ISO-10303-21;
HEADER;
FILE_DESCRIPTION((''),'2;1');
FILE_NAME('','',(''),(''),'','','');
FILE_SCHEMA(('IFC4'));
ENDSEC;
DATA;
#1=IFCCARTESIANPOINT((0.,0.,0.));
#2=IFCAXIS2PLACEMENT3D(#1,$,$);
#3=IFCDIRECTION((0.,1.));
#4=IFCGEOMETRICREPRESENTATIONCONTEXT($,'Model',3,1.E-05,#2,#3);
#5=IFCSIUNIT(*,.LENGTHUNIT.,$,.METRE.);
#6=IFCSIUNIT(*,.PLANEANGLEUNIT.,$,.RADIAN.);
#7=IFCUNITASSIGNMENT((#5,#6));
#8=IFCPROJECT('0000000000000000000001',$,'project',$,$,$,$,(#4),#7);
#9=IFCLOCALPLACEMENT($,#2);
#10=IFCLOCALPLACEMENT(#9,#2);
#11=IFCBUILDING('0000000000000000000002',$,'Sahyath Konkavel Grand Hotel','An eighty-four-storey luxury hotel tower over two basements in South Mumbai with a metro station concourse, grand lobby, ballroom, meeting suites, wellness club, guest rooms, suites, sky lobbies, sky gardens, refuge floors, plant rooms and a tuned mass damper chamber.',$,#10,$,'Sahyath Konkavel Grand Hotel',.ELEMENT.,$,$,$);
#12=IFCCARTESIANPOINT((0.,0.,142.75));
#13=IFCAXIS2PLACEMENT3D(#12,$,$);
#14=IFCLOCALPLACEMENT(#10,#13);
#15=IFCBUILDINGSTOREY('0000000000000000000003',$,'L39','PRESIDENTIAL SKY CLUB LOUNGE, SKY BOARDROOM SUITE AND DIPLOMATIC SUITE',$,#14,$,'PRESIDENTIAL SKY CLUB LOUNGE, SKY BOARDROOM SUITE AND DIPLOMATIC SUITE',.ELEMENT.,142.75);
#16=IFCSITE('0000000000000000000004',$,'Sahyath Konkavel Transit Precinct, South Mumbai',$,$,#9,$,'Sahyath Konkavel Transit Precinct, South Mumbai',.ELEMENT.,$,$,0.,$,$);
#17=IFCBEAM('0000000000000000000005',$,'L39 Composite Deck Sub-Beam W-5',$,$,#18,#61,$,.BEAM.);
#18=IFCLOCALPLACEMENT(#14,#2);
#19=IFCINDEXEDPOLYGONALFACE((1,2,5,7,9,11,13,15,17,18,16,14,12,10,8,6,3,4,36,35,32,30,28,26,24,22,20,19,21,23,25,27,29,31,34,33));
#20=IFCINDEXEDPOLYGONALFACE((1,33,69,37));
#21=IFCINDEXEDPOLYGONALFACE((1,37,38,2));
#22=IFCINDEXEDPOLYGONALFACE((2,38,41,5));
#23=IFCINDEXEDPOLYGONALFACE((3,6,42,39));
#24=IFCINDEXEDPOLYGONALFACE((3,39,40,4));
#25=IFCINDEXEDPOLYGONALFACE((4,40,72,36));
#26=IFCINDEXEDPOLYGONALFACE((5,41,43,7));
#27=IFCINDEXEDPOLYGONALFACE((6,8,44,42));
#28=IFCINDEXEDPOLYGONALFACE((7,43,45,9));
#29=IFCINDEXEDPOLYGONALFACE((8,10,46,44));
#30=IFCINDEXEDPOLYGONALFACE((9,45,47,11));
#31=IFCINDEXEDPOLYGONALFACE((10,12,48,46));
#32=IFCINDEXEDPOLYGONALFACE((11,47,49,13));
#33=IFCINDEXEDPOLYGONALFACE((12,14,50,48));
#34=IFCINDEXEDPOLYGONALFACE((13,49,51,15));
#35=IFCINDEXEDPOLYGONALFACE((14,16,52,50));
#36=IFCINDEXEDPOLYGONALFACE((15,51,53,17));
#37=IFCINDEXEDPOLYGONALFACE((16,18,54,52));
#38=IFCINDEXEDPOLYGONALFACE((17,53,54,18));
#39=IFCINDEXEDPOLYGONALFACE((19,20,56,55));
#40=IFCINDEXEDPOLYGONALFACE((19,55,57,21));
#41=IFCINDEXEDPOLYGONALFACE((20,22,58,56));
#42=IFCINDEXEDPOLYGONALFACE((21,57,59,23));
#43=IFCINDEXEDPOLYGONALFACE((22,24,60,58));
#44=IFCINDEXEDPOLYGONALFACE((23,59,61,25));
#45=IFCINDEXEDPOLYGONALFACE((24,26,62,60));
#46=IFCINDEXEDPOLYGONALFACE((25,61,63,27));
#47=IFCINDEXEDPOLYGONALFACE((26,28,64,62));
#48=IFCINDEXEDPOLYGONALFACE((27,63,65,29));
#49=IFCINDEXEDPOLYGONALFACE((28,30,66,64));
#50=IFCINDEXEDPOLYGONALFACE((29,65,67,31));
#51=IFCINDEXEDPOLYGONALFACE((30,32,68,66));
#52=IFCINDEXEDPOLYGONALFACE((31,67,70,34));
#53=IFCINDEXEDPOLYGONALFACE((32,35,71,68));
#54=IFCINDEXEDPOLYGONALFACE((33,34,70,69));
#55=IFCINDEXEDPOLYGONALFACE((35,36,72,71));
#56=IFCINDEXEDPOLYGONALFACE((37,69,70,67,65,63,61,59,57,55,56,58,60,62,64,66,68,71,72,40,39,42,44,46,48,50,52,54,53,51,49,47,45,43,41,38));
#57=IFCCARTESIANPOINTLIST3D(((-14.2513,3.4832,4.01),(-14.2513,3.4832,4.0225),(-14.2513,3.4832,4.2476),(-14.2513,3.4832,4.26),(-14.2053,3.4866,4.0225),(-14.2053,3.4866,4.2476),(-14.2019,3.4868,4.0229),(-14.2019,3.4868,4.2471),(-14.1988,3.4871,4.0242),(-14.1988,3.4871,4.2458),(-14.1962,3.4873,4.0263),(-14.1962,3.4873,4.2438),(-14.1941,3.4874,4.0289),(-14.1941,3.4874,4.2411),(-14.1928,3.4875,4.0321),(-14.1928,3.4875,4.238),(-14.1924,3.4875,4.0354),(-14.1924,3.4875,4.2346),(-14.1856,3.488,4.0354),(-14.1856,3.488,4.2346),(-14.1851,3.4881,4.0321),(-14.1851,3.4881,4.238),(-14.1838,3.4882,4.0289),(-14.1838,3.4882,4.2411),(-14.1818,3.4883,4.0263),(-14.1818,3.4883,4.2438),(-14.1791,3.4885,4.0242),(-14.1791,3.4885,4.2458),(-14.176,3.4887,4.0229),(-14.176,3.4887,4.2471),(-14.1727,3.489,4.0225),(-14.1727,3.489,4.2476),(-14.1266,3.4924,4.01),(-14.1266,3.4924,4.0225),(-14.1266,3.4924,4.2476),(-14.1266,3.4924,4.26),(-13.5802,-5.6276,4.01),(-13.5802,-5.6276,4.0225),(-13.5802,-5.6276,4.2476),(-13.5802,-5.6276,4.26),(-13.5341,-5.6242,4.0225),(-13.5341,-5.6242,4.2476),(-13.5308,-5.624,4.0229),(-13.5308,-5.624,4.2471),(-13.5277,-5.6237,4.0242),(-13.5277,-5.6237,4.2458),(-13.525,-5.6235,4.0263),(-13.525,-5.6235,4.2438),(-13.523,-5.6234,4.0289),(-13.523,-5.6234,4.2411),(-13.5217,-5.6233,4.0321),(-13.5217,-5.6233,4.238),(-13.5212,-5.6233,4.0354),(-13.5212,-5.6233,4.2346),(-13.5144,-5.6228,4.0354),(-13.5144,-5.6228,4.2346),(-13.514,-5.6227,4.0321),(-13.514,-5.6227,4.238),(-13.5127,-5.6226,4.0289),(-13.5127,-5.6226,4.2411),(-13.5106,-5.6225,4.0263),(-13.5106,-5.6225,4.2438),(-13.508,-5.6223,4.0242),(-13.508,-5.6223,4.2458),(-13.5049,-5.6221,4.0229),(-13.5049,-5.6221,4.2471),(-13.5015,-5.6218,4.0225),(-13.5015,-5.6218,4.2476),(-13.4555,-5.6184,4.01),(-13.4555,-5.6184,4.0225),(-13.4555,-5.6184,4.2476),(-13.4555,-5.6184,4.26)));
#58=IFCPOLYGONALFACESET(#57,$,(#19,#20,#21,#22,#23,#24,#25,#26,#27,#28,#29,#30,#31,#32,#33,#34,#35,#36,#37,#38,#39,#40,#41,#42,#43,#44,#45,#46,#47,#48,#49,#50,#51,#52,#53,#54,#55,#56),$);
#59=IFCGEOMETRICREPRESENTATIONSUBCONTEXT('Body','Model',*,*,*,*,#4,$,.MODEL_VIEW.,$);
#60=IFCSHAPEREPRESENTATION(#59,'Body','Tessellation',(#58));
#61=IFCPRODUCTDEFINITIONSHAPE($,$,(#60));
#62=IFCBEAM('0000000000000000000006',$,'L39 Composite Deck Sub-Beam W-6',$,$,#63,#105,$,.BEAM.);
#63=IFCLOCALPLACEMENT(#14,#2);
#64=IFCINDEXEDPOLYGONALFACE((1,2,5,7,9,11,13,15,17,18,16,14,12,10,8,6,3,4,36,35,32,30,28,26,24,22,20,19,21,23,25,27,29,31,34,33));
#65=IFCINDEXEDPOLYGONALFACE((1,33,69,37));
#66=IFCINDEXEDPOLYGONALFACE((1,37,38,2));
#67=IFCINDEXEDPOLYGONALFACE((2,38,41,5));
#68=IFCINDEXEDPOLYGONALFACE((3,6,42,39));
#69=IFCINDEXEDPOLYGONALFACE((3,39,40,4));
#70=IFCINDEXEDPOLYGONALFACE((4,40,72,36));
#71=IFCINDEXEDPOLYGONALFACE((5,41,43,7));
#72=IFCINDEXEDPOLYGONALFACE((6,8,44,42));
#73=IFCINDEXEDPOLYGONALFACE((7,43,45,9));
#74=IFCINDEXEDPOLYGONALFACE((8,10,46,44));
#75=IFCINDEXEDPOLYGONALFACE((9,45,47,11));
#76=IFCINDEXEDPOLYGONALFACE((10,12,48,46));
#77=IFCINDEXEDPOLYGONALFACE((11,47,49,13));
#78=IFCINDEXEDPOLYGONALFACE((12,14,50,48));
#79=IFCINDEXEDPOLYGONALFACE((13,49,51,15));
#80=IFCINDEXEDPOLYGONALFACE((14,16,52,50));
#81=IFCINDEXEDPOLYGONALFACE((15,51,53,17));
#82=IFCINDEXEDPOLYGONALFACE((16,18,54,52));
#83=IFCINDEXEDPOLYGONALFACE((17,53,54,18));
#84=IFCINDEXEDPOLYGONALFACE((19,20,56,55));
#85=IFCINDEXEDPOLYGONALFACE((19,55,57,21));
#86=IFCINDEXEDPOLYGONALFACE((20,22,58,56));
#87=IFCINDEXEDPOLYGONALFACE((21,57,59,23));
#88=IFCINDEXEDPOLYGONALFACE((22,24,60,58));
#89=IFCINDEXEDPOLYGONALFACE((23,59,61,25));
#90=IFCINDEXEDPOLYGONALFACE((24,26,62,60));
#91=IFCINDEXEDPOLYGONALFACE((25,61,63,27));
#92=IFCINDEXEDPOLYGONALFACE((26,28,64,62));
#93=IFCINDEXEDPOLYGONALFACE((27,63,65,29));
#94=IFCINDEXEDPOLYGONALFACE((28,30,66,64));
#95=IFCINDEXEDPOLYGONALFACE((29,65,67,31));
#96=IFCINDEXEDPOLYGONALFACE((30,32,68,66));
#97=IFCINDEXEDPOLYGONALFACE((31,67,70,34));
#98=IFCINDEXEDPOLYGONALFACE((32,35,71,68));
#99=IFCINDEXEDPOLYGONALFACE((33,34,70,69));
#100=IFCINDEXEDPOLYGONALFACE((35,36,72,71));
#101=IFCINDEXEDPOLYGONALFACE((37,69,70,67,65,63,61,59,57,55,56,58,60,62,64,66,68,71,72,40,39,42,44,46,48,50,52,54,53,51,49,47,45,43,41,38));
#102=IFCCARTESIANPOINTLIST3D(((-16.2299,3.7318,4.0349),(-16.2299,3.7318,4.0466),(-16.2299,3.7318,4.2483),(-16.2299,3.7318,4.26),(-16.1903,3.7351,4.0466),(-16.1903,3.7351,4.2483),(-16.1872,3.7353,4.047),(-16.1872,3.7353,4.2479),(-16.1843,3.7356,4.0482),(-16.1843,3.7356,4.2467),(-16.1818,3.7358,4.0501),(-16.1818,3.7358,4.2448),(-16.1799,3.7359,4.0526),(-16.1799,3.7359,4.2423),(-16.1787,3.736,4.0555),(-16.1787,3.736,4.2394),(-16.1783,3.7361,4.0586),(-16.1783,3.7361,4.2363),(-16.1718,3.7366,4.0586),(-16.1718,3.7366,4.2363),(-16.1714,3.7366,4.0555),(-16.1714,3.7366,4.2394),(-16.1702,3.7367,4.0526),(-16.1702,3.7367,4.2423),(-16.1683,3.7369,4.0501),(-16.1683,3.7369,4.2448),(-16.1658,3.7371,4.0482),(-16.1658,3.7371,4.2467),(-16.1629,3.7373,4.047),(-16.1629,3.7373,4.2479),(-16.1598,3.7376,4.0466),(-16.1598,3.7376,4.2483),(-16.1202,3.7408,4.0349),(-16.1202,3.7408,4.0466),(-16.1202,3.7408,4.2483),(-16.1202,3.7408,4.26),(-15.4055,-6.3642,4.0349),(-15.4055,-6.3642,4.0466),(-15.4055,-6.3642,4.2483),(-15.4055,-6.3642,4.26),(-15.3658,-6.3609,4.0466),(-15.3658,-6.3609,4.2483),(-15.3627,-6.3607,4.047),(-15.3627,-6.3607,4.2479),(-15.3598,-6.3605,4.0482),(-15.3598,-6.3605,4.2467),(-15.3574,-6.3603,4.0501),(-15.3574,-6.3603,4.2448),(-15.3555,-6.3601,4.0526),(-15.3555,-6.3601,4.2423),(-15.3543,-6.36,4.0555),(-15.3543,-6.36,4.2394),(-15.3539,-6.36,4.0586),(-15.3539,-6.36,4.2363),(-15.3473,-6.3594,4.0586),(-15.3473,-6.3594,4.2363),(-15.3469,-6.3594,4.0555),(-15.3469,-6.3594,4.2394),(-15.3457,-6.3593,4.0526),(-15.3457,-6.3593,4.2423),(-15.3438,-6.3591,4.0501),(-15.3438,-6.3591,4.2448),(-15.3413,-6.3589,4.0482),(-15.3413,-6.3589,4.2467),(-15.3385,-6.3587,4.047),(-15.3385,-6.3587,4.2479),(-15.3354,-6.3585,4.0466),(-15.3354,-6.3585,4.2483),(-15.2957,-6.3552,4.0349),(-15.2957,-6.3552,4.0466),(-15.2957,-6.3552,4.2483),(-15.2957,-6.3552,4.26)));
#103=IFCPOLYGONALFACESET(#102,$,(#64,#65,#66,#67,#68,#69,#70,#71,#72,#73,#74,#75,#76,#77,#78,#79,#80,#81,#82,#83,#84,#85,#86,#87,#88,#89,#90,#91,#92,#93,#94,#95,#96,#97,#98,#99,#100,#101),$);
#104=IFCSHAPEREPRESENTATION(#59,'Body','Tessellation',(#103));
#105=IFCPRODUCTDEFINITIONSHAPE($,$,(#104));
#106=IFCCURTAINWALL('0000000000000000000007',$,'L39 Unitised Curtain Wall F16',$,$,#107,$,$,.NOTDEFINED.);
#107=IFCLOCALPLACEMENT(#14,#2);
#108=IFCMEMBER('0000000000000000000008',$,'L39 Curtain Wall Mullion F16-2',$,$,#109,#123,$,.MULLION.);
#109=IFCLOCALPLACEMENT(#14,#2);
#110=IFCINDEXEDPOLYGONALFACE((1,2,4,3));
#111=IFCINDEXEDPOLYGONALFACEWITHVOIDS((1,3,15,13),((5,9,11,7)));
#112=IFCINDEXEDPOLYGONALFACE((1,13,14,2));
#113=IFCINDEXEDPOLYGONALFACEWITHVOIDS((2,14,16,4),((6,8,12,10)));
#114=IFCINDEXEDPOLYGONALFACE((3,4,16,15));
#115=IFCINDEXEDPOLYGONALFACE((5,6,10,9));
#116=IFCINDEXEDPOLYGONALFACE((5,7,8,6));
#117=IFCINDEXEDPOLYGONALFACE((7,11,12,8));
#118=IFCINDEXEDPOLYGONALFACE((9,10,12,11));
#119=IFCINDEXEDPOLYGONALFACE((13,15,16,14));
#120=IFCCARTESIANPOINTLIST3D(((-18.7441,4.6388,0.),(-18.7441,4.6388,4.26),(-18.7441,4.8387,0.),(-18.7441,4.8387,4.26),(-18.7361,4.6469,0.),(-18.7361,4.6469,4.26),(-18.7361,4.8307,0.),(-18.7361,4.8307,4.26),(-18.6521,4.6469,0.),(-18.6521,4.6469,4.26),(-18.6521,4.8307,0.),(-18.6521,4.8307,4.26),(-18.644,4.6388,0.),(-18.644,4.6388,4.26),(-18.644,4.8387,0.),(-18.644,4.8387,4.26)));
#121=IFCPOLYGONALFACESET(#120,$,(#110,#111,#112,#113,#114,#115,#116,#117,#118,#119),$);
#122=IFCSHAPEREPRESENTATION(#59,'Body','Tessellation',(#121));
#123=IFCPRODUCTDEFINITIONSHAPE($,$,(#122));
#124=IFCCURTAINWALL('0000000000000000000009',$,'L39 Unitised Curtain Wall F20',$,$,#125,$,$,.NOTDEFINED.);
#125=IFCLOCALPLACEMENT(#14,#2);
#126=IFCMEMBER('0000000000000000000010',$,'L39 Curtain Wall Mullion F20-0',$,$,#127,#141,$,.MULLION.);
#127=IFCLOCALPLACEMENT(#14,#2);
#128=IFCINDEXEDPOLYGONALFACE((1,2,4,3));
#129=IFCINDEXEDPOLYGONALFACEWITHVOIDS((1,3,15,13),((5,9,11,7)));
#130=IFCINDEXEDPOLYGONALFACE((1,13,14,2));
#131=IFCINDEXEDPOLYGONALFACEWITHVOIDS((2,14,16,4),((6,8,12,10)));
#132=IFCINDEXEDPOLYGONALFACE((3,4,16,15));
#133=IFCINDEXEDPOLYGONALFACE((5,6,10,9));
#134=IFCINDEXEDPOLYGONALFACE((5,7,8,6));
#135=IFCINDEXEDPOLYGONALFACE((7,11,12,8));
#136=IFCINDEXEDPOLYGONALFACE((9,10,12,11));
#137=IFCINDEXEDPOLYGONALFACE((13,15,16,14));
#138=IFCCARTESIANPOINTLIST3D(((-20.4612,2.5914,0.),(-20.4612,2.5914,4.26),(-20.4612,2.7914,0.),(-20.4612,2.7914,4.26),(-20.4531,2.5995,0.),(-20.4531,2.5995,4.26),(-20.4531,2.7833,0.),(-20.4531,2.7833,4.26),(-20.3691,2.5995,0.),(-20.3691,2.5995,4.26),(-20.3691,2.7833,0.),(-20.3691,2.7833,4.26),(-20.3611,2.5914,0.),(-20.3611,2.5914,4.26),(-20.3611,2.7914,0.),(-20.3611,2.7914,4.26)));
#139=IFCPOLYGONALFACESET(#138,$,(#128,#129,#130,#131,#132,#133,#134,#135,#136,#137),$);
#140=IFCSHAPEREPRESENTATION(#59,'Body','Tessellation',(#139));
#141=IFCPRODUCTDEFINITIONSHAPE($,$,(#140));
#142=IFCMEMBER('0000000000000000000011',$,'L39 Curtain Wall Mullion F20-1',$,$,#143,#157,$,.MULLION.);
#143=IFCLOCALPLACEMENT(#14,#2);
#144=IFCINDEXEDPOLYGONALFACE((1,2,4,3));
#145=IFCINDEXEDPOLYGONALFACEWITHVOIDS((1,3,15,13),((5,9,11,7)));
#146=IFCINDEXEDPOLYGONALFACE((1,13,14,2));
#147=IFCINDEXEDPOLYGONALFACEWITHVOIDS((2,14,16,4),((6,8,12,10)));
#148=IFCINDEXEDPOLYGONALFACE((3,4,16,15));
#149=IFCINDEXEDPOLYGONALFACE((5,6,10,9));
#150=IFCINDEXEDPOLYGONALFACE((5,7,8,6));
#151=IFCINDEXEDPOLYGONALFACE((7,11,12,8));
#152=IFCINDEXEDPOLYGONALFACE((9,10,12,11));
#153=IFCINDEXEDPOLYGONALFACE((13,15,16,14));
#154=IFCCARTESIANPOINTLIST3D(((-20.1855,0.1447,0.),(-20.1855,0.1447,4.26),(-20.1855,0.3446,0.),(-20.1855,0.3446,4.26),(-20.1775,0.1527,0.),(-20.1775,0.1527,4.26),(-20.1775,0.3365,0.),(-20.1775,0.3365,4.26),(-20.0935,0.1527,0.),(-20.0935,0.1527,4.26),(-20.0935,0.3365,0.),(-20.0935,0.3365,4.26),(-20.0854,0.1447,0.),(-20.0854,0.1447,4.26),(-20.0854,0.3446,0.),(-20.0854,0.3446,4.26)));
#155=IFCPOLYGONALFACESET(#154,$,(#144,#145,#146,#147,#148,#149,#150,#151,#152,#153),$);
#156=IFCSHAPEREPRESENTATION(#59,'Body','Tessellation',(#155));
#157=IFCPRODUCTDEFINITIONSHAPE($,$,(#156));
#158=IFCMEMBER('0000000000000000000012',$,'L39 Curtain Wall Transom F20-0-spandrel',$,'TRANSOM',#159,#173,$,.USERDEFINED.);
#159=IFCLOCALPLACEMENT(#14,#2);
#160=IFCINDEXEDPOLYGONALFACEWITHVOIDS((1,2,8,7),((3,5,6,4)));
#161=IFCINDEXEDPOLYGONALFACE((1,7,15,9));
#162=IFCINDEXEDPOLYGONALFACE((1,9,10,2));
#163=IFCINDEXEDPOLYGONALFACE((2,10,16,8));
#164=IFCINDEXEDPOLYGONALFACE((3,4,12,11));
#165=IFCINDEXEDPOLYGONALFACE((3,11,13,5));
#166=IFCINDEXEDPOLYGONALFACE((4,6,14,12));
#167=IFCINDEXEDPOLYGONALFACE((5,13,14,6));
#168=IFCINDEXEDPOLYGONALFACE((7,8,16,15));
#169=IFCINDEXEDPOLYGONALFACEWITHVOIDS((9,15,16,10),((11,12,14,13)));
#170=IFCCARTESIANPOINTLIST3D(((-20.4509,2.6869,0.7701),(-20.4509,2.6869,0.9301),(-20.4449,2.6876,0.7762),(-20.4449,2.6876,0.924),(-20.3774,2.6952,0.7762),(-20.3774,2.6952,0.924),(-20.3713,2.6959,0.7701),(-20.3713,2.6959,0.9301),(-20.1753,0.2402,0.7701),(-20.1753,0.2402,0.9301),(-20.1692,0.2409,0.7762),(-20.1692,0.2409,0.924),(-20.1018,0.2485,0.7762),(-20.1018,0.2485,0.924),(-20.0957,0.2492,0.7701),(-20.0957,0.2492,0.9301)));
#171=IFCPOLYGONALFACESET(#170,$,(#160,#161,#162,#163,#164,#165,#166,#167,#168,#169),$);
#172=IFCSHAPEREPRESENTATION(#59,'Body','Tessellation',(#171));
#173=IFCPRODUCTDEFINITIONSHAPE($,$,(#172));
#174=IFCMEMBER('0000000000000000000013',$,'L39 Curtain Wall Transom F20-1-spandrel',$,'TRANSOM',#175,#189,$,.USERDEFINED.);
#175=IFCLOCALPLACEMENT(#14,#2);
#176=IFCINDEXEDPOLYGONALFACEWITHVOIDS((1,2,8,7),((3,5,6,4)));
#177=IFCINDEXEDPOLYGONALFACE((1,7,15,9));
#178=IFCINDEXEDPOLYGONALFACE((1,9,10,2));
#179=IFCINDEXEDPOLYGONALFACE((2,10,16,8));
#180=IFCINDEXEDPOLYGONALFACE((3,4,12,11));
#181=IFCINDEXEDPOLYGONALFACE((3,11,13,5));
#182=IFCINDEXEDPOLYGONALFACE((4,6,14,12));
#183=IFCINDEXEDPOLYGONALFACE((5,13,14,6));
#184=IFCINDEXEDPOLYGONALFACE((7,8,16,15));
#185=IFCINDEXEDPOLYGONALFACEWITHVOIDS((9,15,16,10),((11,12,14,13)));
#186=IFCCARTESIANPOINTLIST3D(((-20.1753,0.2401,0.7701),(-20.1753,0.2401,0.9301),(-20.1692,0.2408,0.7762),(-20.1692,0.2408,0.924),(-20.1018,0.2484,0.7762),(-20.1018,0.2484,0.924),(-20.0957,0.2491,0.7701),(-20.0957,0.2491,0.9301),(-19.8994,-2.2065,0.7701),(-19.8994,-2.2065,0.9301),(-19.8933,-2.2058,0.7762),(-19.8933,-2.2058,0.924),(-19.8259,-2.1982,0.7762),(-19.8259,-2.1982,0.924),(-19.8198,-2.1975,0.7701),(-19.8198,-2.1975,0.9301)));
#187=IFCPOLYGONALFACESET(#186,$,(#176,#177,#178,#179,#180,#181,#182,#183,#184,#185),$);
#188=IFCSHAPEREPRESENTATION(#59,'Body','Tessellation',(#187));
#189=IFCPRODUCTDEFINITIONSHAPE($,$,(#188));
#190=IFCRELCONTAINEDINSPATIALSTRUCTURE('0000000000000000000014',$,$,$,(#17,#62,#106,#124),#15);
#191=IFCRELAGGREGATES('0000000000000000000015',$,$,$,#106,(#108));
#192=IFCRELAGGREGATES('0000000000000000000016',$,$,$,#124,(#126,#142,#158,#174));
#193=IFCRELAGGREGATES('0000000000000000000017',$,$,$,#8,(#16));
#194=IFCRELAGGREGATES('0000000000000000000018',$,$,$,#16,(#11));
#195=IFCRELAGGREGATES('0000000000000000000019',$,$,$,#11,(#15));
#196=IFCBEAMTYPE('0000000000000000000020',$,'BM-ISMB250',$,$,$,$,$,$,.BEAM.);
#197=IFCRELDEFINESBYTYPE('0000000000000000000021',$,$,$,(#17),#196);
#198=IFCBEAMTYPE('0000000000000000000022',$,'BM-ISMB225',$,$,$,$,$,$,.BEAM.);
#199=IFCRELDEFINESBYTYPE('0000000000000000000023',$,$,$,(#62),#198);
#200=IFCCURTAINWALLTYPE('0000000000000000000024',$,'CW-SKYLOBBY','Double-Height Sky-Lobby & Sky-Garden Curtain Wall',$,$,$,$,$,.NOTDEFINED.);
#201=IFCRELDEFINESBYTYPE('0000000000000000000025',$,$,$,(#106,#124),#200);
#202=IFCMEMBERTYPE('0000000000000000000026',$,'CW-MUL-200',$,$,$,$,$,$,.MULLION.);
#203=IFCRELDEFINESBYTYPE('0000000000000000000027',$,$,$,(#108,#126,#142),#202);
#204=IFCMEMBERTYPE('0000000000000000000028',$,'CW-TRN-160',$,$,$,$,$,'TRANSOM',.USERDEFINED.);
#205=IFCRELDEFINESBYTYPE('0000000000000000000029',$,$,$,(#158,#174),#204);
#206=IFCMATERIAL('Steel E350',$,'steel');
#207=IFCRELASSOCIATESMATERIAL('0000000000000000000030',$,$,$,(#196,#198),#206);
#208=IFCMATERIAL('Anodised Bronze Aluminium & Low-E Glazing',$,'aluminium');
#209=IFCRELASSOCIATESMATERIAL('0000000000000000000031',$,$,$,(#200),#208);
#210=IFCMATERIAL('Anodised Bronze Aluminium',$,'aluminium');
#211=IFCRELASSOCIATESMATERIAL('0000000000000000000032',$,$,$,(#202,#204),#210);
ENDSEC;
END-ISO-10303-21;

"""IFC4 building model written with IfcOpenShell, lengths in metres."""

from ifc_helpers import new_model, si_unit, direction, frame, origin, origin_2d, place, context, subcontext, project, spatial, hollow_rectangle, i_section, extrude, source, transform, mapped, material, material_profile, profile_set, type_object, element, aggregate, save


model = new_model("IFC4")

# Units and contexts
model_context = context("Model", 3, precision=1e-05, world=origin(), true_north=direction((0.0, 1.0)))
body_context = subcontext(model_context, "Body", "Model", "MODEL_VIEW")
ifc_project = project(units=[si_unit("LENGTHUNIT", "METRE"), si_unit("PLANEANGLEUNIT", "RADIAN")], contexts=[model_context])

# Site, building, storey
site_placement = place(None, origin())
site = spatial("IfcSite", under=ifc_project, at=site_placement, Name="Sahyath Konkavel Transit Precinct, South Mumbai", LongName="Sahyath Konkavel Transit Precinct, South Mumbai", CompositionType="ELEMENT", RefElevation=0.0)
building_placement = place(site_placement, origin())
building = spatial("IfcBuilding", under=site, at=building_placement, Name="Sahyath Konkavel Grand Hotel", Description="An eighty-four-storey luxury hotel tower over two basements in South Mumbai with a metro station concourse, grand lobby, ballroom, meeting suites, wellness club, guest rooms, suites, sky lobbies, sky gardens, refuge floors, plant rooms and a tuned mass damper chamber.", LongName="Sahyath Konkavel Grand Hotel", CompositionType="ELEMENT")
storey_placement = place(building_placement, frame((0.0, 0.0, 142.75)))
storey = spatial("IfcBuildingStorey", under=building, at=storey_placement, Name="L39", Description="PRESIDENTIAL SKY CLUB LOUNGE, SKY BOARDROOM SUITE AND DIPLOMATIC SUITE", LongName="PRESIDENTIAL SKY CLUB LOUNGE, SKY BOARDROOM SUITE AND DIPLOMATIC SUITE", CompositionType="ELEMENT", Elevation=142.75)

# Beams
ifc_material_1 = material(Name="Steel E350", Category="steel")
ifc_material_profile_1 = material_profile(ifc_material_1, i_section(OverallWidth=0.125, OverallDepth=0.25, WebThickness=0.0068, FlangeThickness=0.0125, FilletRadius=0.0129, at=origin_2d()), Name="ISMB 250")
ifc_profile_set_1 = profile_set([ifc_material_profile_1], Name="Steel E350")
beam_type_1 = type_object("IfcBeamType", Name="BM-ISMB250", PredefinedType="BEAM", material=ifc_profile_set_1)
shared_shape_1 = source(origin(), body_context, "Body", "SweptSolid", [
    extrude(i_section(OverallWidth=0.125, OverallDepth=0.25, WebThickness=0.0068, FlangeThickness=0.0125, FilletRadius=0.0129, at=origin_2d()), origin(), (0.0, 0.0, 1.0), 9.1355),
])
beam_1_placement = place(storey_placement, frame((-14.189, 3.4878, 4.135), z_axis=(0.073465, -0.997298, 0.0), x_axis=(0.997298, 0.073465, 0.0)))
element("IfcBeam", 1, at=beam_1_placement, inside=storey, type_object=beam_type_1, Name="L39 Composite Deck Sub-Beam W-5", PredefinedType="BEAM", context=body_context, shape_type="MappedRepresentation", body=[
    mapped(shared_shape_1, transform((0.0, 0.0, 0.0), scale=1.0)),
])
ifc_material_profile_2 = material_profile(ifc_material_1, i_section(OverallWidth=0.1101, OverallDepth=0.2251, WebThickness=0.0066, FlangeThickness=0.0117, FilletRadius=0.012, at=origin_2d()), Name="ISMB 225")
ifc_profile_set_2 = profile_set([ifc_material_profile_2], Name="Steel E350")
beam_type_2 = type_object("IfcBeamType", Name="BM-ISMB225", PredefinedType="BEAM", material=ifc_profile_set_2)
shared_shape_2 = source(origin(), body_context, "Body", "SweptSolid", [
    extrude(i_section(OverallWidth=0.1101, OverallDepth=0.2251, WebThickness=0.0066, FlangeThickness=0.0117, FilletRadius=0.012, at=origin_2d()), origin(), (0.0, 0.0, 1.0), 10.1296),
])
beam_2_placement = place(storey_placement, frame((-16.175, 3.7363, 4.1475), z_axis=(0.081392, -0.996682, 0.0), x_axis=(0.996682, 0.081392, 0.0)))
element("IfcBeam", 2, at=beam_2_placement, inside=storey, type_object=beam_type_2, Name="L39 Composite Deck Sub-Beam W-6", PredefinedType="BEAM", context=body_context, shape_type="MappedRepresentation", body=[
    mapped(shared_shape_2, transform((0.0, 0.0, 0.0), scale=1.0)),
])

# Curtain wall, member
ifc_material_2 = material(Name="Anodised Bronze Aluminium & Low-E Glazing", Category="aluminium")
curtain_wall_type = type_object("IfcCurtainWallType", Name="CW-SKYLOBBY", Description="Double-Height Sky-Lobby & Sky-Garden Curtain Wall", PredefinedType="NOTDEFINED", material=ifc_material_2)
curtain_wall_1_placement = place(storey_placement, origin())
curtain_wall_1 = element("IfcCurtainWall", 3, at=curtain_wall_1_placement, inside=storey, type_object=curtain_wall_type, Name="L39 Unitised Curtain Wall F16", PredefinedType="NOTDEFINED")
ifc_material_3 = material(Name="Anodised Bronze Aluminium", Category="aluminium")
ifc_material_profile_3 = material_profile(ifc_material_3, hollow_rectangle(XDim=0.1001, YDim=0.2, WallThickness=0.0081, at=origin_2d()), Name="RHS 200x100x8")
ifc_profile_set_3 = profile_set([ifc_material_profile_3], Name="Anodised Bronze Aluminium")
member_type_1 = type_object("IfcMemberType", Name="CW-MUL-200", PredefinedType="MULLION", material=ifc_profile_set_3)
shared_shape_3 = source(origin(), body_context, "Body", "SweptSolid", [
    extrude(hollow_rectangle(XDim=0.1001, YDim=0.2, WallThickness=0.0081, at=origin_2d()), origin(), (0.0, 0.0, 1.0), 4.26),
])
member_1_placement = place(storey_placement, frame((-18.6941, 4.7388, 0.0), z_axis=(0.0, 0.0, 1.0), x_axis=(1.0, 0.0, 0.0)))
member_1 = element("IfcMember", 4, at=member_1_placement, type_object=member_type_1, Name="L39 Curtain Wall Mullion F16-2", PredefinedType="MULLION", context=body_context, shape_type="MappedRepresentation", body=[
    mapped(shared_shape_3, transform((0.0, 0.0, 0.0), scale=1.0)),
])

# Curtain wall, members
curtain_wall_2_placement = place(storey_placement, origin())
curtain_wall_2 = element("IfcCurtainWall", 5, at=curtain_wall_2_placement, inside=storey, type_object=curtain_wall_type, Name="L39 Unitised Curtain Wall F20", PredefinedType="NOTDEFINED")
member_2_placement = place(storey_placement, frame((-20.4111, 2.6914, 0.0), z_axis=(0.0, 0.0, 1.0), x_axis=(1.0, 0.0, 0.0)))
member_2 = element("IfcMember", 6, at=member_2_placement, type_object=member_type_1, Name="L39 Curtain Wall Mullion F20-0", PredefinedType="MULLION", context=body_context, shape_type="MappedRepresentation", body=[
    mapped(shared_shape_3, transform((0.0, 0.0, 0.0), scale=1.0)),
])
member_3_placement = place(storey_placement, frame((-20.1355, 0.2446, 0.0), z_axis=(0.0, 0.0, 1.0), x_axis=(1.0, 0.0, 0.0)))
member_3 = element("IfcMember", 7, at=member_3_placement, type_object=member_type_1, Name="L39 Curtain Wall Mullion F20-1", PredefinedType="MULLION", context=body_context, shape_type="MappedRepresentation", body=[
    mapped(shared_shape_3, transform((0.0, 0.0, 0.0), scale=1.0)),
])
ifc_material_profile_4 = material_profile(ifc_material_3, hollow_rectangle(XDim=0.0801, YDim=0.1599, WallThickness=0.0061, at=origin_2d()), Name="RHS 160x80x6")
ifc_profile_set_4 = profile_set([ifc_material_profile_4], Name="Anodised Bronze Aluminium")
member_type_2 = type_object("IfcMemberType", Name="CW-TRN-160", ElementType="TRANSOM", PredefinedType="USERDEFINED", material=ifc_profile_set_4)
shared_shape_4 = source(origin(), body_context, "Body", "SweptSolid", [
    extrude(hollow_rectangle(XDim=0.0801, YDim=0.1599, WallThickness=0.0061, at=origin_2d()), origin(), (0.0, 0.0, 1.0), 2.4622),
])
member_4_placement = place(storey_placement, frame((-20.4111, 2.6914, 0.8501), z_axis=(0.111944, -0.993715, 0.0), x_axis=(0.993715, 0.111944, 0.0)))
member_4 = element("IfcMember", 8, at=member_4_placement, type_object=member_type_2, Name="L39 Curtain Wall Transom F20-0-spandrel", ObjectType="TRANSOM", PredefinedType="USERDEFINED", context=body_context, shape_type="MappedRepresentation", body=[
    mapped(shared_shape_4, transform((0.0, 0.0, 0.0), scale=1.0)),
])
member_5_placement = place(storey_placement, frame((-20.1355, 0.2446, 0.8501), z_axis=(0.112053, -0.993702, 0.0), x_axis=(0.993702, 0.112053, 0.0)))
member_5 = element("IfcMember", 9, at=member_5_placement, type_object=member_type_2, Name="L39 Curtain Wall Transom F20-1-spandrel", ObjectType="TRANSOM", PredefinedType="USERDEFINED", context=body_context, shape_type="MappedRepresentation", body=[
    mapped(shared_shape_4, transform((0.0, 0.0, 0.0), scale=1.0)),
])

aggregate(curtain_wall_1, [member_1])
aggregate(curtain_wall_2, [member_2, member_3, member_4, member_5])

save(model, "model.ifc")
